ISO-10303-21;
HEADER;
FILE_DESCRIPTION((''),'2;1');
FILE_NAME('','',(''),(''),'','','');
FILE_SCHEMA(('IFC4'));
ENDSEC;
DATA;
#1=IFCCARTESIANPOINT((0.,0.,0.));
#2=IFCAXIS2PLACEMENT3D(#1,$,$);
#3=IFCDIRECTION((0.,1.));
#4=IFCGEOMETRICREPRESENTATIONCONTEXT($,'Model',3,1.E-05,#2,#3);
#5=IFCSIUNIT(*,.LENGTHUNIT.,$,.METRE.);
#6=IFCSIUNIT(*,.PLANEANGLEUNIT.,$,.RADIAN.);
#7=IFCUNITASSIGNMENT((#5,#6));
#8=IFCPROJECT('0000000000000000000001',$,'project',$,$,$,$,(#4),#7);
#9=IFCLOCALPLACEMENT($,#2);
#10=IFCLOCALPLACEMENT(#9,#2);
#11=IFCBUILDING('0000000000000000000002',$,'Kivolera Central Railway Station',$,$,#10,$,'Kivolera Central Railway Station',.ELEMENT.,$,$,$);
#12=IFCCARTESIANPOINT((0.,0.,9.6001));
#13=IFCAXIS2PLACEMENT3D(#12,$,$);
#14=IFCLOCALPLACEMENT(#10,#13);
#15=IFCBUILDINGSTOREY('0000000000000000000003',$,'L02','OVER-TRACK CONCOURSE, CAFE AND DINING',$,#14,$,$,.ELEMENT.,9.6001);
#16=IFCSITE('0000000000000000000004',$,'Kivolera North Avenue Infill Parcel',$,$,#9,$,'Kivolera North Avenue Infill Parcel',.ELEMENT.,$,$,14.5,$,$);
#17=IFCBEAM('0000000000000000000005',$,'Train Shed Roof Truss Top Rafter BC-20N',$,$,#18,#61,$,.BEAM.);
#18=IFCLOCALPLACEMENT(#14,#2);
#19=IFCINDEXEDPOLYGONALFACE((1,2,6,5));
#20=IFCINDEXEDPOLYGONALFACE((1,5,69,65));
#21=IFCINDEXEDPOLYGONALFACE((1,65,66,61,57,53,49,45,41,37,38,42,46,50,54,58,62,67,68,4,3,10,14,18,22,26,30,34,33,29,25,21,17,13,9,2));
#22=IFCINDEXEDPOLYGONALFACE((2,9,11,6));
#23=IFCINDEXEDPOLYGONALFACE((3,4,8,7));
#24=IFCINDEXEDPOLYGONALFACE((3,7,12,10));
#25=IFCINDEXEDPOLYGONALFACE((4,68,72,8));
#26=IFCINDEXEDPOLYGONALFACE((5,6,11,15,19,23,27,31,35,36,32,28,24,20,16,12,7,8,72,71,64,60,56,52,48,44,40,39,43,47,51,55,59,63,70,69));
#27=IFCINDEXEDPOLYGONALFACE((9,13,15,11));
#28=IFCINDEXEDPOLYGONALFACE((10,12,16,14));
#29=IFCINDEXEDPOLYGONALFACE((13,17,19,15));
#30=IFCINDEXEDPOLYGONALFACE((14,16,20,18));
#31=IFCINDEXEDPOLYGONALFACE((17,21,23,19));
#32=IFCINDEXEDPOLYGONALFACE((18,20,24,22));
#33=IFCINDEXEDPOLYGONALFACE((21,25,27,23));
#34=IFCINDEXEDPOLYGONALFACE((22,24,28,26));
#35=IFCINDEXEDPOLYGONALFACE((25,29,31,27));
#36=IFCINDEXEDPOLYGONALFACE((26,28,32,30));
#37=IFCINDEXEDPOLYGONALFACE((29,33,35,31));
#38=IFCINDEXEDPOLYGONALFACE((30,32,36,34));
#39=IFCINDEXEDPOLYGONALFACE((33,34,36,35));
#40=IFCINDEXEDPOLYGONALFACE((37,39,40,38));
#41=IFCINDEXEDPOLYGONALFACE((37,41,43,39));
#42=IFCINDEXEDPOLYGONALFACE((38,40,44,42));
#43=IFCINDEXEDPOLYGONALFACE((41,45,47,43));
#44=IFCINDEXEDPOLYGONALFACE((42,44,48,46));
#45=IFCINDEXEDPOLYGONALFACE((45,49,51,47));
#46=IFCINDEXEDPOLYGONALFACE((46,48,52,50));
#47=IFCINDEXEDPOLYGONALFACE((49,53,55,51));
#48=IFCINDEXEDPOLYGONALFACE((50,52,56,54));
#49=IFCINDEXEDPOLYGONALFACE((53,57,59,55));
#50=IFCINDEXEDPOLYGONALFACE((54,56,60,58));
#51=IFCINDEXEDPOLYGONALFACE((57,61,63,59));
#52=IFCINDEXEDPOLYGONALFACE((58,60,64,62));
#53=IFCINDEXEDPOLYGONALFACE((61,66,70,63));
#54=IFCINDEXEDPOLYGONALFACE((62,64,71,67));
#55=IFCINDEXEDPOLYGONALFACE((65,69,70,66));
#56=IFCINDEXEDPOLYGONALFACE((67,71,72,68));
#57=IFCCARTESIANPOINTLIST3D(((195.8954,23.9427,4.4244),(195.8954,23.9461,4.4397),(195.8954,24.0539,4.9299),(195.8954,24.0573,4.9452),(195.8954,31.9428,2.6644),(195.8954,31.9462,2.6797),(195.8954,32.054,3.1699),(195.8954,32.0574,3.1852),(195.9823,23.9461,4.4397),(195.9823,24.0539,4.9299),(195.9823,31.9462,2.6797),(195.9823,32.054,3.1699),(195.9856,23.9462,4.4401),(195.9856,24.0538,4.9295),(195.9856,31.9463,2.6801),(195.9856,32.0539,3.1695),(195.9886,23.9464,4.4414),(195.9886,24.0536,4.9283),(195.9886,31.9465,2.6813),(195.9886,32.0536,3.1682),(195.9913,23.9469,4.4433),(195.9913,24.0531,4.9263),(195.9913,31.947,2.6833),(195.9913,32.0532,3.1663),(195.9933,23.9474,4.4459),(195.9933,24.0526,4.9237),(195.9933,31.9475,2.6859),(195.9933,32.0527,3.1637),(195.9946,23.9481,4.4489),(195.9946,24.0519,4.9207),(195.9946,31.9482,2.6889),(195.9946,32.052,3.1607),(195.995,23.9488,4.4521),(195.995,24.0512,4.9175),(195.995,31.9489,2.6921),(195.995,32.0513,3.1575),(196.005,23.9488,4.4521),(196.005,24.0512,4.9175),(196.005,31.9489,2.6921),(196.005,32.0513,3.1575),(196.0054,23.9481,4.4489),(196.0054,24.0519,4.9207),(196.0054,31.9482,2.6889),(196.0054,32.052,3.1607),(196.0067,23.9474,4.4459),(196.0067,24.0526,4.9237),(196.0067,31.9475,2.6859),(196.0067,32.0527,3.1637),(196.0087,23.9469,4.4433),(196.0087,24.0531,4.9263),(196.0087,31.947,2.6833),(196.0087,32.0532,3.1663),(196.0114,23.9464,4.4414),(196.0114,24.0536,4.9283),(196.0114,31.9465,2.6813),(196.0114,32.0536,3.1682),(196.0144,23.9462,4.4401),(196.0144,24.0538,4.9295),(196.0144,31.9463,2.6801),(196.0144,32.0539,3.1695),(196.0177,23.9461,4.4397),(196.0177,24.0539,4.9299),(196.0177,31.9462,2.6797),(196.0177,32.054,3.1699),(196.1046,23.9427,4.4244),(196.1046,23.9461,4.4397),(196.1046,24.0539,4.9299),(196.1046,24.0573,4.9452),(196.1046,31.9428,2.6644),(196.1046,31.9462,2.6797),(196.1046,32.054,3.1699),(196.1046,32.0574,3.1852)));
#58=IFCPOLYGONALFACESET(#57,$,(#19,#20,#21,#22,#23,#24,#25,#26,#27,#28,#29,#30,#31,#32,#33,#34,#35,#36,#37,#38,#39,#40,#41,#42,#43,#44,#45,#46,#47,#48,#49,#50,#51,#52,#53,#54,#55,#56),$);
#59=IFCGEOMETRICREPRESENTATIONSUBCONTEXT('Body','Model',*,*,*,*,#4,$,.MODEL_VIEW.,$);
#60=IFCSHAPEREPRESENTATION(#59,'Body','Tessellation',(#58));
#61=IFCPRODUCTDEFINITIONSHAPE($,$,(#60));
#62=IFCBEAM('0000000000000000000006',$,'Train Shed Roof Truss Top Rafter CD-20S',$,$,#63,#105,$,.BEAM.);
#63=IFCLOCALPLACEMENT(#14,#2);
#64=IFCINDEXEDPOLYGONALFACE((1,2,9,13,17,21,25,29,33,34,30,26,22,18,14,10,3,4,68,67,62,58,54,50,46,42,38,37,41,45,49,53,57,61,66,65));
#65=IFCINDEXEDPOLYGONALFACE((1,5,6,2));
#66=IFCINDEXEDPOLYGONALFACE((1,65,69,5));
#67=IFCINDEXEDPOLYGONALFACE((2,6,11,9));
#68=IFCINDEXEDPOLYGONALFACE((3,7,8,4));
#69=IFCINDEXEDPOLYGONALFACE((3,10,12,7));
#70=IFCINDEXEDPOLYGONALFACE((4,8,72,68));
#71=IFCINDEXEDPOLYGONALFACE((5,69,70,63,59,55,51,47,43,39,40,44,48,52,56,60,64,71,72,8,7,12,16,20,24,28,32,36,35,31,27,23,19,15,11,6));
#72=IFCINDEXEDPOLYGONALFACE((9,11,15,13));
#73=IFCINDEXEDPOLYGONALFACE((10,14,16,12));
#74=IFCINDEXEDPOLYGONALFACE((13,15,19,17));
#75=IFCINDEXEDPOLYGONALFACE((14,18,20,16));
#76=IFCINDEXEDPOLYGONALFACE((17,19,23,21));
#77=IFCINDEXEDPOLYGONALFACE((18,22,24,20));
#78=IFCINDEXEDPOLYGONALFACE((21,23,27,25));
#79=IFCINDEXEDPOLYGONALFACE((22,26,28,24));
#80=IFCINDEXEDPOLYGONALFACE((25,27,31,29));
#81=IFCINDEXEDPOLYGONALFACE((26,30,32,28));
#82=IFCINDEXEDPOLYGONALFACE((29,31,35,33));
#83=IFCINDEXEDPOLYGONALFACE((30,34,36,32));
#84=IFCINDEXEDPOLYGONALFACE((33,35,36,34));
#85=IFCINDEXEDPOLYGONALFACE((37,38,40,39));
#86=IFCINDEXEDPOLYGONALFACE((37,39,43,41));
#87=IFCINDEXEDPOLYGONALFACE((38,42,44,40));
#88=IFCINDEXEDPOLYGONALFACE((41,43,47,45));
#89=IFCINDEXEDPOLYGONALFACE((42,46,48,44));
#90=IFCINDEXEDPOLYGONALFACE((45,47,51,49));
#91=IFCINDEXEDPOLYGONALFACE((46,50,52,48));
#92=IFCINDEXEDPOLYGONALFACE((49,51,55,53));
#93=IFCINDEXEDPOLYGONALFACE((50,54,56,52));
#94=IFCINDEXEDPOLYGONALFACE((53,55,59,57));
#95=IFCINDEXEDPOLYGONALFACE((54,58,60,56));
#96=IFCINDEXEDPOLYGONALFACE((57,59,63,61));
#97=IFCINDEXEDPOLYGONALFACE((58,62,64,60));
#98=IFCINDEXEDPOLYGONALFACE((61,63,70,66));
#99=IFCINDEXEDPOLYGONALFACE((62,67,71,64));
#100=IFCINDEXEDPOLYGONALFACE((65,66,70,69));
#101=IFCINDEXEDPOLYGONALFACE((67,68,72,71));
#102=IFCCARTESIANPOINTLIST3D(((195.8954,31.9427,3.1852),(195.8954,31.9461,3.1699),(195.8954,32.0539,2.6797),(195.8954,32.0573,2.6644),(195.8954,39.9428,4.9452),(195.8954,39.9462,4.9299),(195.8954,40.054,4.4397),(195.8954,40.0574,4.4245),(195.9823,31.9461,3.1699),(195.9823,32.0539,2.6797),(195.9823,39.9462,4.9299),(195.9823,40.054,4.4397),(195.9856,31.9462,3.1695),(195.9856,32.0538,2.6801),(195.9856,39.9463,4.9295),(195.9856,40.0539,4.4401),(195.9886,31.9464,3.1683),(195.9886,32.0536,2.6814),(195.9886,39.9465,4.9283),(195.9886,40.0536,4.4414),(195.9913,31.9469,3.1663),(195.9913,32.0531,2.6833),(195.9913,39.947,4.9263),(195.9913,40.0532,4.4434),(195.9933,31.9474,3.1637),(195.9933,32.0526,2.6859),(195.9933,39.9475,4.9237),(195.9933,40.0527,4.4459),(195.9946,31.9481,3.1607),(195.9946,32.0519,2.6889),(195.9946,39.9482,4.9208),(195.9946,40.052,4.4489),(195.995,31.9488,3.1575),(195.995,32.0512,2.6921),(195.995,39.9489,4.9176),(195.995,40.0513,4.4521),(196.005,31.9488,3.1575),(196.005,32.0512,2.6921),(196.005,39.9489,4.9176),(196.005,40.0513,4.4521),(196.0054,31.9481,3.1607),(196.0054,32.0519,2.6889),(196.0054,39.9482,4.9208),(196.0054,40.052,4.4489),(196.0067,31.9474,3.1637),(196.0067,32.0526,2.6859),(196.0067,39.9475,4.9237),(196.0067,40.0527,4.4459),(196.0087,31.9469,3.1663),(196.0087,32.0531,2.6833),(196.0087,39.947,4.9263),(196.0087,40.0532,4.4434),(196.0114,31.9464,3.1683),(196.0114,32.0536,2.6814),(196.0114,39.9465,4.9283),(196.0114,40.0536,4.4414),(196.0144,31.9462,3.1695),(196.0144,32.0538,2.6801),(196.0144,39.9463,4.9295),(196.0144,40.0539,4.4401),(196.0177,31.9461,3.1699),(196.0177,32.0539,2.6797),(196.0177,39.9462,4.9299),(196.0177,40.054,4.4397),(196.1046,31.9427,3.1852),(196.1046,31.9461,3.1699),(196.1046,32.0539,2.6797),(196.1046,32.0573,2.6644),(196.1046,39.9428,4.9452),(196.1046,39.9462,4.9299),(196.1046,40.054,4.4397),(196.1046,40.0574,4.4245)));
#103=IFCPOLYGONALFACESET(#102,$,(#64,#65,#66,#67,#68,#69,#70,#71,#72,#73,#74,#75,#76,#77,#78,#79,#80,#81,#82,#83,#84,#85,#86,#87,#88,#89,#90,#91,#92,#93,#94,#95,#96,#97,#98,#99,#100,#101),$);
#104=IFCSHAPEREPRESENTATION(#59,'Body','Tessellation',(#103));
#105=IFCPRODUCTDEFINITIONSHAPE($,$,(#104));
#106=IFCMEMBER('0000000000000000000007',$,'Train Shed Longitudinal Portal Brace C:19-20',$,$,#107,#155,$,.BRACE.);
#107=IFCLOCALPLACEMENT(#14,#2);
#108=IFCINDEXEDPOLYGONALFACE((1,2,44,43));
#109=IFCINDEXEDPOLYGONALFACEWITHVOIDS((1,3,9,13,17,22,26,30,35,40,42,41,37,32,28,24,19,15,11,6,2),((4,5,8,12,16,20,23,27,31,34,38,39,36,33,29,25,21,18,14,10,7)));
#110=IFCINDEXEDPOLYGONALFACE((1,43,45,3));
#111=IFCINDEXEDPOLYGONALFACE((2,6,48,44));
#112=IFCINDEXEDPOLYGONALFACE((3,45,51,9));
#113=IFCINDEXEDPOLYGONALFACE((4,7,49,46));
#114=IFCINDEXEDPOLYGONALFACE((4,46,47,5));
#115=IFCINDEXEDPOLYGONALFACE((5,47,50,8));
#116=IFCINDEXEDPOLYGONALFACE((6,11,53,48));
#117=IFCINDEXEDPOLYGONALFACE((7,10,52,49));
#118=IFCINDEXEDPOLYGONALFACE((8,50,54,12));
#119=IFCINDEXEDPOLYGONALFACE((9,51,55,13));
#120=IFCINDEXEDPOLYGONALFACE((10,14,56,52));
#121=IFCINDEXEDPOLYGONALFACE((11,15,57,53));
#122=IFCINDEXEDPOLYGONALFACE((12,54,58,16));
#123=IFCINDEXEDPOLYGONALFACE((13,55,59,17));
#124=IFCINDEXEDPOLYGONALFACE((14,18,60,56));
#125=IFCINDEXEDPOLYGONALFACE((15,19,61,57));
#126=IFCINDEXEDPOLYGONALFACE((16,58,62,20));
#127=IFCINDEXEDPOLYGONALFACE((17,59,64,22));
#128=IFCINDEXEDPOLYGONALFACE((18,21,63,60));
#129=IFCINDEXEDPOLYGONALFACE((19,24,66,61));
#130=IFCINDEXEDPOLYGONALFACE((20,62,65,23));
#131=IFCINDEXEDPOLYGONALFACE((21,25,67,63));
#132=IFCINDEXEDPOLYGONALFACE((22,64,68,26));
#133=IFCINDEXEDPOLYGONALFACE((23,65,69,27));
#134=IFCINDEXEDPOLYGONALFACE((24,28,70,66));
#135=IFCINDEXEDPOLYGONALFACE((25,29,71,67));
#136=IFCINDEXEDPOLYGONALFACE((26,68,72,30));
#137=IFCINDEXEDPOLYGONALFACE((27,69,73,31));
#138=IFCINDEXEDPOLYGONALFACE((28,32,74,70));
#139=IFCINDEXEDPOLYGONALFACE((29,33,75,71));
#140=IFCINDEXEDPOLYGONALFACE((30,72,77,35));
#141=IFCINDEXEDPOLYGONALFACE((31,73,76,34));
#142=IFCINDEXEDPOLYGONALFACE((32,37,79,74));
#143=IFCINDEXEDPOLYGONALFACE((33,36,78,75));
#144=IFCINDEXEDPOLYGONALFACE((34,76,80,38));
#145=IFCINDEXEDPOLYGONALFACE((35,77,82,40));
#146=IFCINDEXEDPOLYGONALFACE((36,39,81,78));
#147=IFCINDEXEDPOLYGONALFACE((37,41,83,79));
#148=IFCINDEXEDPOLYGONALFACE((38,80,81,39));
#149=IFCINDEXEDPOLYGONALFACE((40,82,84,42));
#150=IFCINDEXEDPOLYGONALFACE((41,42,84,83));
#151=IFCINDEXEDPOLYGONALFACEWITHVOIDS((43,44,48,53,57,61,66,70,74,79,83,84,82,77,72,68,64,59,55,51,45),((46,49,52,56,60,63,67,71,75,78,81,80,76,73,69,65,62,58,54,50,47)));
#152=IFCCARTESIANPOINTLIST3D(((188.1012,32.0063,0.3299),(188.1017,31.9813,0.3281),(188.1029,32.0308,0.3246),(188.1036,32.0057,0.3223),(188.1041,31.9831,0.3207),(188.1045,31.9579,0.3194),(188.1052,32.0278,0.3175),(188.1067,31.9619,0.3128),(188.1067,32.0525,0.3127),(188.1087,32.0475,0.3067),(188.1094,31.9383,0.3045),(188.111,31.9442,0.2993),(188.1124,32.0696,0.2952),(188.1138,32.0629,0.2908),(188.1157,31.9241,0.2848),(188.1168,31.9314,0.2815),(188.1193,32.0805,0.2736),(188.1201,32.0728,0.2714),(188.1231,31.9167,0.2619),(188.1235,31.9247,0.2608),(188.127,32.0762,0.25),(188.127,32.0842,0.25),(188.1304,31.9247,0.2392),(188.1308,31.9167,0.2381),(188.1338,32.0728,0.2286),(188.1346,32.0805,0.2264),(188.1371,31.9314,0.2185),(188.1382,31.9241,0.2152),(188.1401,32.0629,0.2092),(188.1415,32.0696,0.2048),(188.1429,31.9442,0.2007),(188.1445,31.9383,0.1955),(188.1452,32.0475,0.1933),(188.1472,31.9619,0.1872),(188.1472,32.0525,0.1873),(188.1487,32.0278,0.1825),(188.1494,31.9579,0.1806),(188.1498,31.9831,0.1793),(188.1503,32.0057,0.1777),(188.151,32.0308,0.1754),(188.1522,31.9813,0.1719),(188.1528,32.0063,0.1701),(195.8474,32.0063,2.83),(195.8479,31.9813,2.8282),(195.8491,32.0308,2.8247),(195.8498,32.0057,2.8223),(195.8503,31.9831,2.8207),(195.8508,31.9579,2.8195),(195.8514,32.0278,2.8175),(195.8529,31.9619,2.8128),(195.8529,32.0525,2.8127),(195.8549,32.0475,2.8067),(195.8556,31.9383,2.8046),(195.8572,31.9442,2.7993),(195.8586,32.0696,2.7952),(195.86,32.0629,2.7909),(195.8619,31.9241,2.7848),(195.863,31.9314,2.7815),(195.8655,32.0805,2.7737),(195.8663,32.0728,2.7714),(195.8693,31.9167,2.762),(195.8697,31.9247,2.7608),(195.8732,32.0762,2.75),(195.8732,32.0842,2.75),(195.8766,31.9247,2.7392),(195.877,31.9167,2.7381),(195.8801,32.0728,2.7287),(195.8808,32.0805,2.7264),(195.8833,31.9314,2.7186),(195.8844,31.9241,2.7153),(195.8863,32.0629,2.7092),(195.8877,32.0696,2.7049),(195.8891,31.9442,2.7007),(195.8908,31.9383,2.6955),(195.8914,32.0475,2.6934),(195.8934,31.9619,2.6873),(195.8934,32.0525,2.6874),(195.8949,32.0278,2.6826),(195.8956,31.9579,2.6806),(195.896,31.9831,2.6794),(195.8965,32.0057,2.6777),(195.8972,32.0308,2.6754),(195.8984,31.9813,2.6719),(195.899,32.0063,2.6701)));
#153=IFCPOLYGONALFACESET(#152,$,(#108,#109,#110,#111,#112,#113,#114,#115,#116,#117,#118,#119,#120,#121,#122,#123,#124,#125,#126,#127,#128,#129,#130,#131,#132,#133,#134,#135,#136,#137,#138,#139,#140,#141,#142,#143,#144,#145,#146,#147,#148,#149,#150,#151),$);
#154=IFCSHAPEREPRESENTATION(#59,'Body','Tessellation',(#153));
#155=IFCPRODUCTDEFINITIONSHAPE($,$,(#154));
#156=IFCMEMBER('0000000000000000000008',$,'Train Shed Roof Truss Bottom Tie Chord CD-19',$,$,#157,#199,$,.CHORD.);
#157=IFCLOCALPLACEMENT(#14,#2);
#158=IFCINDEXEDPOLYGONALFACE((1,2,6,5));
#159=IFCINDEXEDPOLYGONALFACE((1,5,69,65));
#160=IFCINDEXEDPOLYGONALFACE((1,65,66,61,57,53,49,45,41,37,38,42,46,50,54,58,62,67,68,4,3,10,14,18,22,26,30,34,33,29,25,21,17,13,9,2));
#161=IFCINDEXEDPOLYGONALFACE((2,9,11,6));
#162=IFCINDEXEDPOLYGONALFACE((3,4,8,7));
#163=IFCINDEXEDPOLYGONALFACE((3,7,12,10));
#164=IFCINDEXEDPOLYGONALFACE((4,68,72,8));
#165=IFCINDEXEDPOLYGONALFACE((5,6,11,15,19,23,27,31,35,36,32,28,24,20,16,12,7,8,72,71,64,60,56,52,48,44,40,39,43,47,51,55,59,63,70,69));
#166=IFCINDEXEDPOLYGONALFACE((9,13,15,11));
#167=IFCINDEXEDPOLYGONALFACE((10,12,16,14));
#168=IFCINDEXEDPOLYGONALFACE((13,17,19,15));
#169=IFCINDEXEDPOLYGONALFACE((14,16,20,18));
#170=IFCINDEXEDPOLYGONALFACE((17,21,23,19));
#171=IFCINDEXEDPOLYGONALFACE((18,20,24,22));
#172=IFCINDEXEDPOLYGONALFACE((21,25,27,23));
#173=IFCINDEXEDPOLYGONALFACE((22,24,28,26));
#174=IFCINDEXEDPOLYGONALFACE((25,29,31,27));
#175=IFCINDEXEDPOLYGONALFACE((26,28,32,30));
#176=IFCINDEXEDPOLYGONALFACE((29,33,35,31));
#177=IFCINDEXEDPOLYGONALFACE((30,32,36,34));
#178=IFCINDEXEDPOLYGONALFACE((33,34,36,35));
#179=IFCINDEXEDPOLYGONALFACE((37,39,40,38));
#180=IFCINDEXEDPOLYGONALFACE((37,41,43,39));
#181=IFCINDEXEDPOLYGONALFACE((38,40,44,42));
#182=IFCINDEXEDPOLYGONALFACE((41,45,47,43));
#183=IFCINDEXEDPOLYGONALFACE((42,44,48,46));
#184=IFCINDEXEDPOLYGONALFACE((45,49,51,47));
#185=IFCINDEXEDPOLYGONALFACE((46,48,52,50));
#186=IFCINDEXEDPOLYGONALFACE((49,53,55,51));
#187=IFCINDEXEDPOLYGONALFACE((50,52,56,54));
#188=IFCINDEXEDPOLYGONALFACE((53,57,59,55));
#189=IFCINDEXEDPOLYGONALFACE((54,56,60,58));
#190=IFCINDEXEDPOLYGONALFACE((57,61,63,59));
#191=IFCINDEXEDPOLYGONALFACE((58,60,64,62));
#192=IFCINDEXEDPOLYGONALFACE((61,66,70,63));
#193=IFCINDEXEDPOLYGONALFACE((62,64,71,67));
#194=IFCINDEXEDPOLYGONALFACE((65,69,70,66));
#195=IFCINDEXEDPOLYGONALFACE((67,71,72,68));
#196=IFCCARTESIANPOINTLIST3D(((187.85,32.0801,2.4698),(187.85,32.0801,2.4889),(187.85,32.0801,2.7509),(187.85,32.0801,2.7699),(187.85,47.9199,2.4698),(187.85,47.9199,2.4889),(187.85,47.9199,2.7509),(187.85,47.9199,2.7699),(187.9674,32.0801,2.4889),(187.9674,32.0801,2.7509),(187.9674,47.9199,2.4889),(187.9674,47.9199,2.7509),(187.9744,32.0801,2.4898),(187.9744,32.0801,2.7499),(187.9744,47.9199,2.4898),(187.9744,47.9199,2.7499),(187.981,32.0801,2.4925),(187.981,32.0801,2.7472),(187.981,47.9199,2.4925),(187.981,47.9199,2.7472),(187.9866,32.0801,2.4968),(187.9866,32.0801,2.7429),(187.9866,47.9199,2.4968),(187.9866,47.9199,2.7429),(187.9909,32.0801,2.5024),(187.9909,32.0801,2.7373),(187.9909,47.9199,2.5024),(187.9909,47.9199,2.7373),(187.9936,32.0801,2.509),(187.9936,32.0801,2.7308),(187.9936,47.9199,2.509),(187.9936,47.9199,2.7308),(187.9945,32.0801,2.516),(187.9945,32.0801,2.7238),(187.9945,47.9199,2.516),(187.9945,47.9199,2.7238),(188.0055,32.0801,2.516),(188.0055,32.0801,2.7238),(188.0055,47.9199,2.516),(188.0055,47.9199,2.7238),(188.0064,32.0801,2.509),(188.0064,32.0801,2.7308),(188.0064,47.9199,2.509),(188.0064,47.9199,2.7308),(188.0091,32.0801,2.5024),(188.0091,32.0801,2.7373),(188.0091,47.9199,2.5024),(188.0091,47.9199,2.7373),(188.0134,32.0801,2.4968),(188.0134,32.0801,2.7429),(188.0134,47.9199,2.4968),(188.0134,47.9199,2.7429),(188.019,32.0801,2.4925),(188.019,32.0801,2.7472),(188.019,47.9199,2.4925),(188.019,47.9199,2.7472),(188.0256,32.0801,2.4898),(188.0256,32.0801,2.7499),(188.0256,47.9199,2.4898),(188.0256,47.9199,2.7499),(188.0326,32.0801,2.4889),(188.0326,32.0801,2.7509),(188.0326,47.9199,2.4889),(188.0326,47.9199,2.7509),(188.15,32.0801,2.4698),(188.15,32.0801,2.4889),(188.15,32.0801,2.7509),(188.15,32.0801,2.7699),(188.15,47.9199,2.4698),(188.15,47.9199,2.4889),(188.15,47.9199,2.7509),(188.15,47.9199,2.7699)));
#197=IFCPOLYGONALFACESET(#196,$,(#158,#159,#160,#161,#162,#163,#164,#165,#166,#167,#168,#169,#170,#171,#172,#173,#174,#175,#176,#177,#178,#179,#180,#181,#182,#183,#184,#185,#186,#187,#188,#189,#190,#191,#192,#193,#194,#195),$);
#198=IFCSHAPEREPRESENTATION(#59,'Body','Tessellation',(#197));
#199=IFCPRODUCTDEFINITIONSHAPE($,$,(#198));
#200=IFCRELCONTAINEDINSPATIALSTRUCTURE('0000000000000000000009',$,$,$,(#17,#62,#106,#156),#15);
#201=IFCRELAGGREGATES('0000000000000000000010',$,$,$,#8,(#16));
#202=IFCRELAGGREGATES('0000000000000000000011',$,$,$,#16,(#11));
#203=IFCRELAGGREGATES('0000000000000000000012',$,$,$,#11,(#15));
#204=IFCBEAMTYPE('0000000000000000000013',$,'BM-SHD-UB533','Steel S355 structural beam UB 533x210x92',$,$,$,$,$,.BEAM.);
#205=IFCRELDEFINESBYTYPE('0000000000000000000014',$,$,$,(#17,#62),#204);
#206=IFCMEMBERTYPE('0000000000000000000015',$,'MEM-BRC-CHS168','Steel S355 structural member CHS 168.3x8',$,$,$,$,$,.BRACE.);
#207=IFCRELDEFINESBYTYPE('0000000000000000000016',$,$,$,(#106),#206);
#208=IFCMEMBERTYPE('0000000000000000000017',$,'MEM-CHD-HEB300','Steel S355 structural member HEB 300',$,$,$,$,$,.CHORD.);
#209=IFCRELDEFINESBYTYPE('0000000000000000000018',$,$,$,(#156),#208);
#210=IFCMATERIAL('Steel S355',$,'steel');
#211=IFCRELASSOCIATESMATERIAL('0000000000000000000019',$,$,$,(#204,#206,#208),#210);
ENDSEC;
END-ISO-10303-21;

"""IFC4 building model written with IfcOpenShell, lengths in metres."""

from ifc_helpers import new_model, si_unit, direction, frame, origin, origin_2d, place, context, subcontext, project, spatial, hollow_circle, i_section, extrude, material, material_profile, profile_set, type_object, element, save


model = new_model("IFC4")

# Units and contexts
model_context = context("Model", 3, precision=1e-05, world=origin(), true_north=direction((0.0, 1.0)))
body_context = subcontext(model_context, "Body", "Model", "MODEL_VIEW")
ifc_project = project(units=[si_unit("LENGTHUNIT", "METRE"), si_unit("PLANEANGLEUNIT", "RADIAN")], contexts=[model_context])

# Site, building, storey
site_placement = place(None, origin())
site = spatial("IfcSite", under=ifc_project, at=site_placement, Name="Kivolera North Avenue Infill Parcel", LongName="Kivolera North Avenue Infill Parcel", CompositionType="ELEMENT", RefElevation=14.5)
building_placement = place(site_placement, origin())
building = spatial("IfcBuilding", under=site, at=building_placement, Name="Kivolera Central Railway Station", LongName="Kivolera Central Railway Station", CompositionType="ELEMENT")
storey_placement = place(building_placement, frame((0.0, 0.0, 9.6001)))
storey = spatial("IfcBuildingStorey", under=building, at=storey_placement, Name="L02", Description="OVER-TRACK CONCOURSE, CAFE AND DINING", CompositionType="ELEMENT", Elevation=9.6001)

# Shared definitions
ifc_material_1 = material(Name="Steel S355", Category="steel")

# Beams
ifc_material_profile_1 = material_profile(ifc_material_1, i_section(OverallWidth=0.2092, OverallDepth=0.5332, WebThickness=0.01, FlangeThickness=0.0156, FilletRadius=0.0127, at=origin_2d()), Name="UB 533x210x92")
ifc_profile_set_1 = profile_set([ifc_material_profile_1], Name="Steel S355")
beam_type_1 = type_object("IfcBeamType", Name="BM-SHD-UB533", Description="Steel S355 structural beam UB 533x210x92", PredefinedType="BEAM", material=ifc_profile_set_1)
for number, where, z_axis, x_axis, name in (
    (1, (196.0, 24.0, 4.6848), (0.0, 0.976644, -0.214863), (-1.0, 0.0, 0.0), "Train Shed Roof Truss Top Rafter BC-20N"),
    (2, (196.0, 32.0, 2.9248), (0.0, 0.976644, 0.214863), (-1.0, 0.0, 0.0), "Train Shed Roof Truss Top Rafter CD-20S"),
):
    element("IfcBeam", number, at=place(storey_placement, frame(where, z_axis=z_axis, x_axis=x_axis)), inside=storey, type_object=beam_type_1, Name=name, PredefinedType="BEAM", context=body_context, shape_type="SweptSolid", body=[
        extrude(i_section(OverallWidth=0.2092, OverallDepth=0.5332, WebThickness=0.01, FlangeThickness=0.0156, FilletRadius=0.0127, at=origin_2d()), origin(), (0.0, 0.0, 1.0), 8.1914),
    ])

# Members
ifc_material_profile_2 = material_profile(ifc_material_1, hollow_circle(Radius=0.0842, WallThickness=0.0081, at=origin_2d()), Name="CHS 168.3x8")
ifc_profile_set_2 = profile_set([ifc_material_profile_2], Name="Steel S355")
member_type_1 = type_object("IfcMemberType", Name="MEM-BRC-CHS168", Description="Steel S355 structural member CHS 168.3x8", PredefinedType="BRACE", material=ifc_profile_set_2)
member_placement = place(storey_placement, frame((188.127, 32.0, 0.25), z_axis=(0.951663, 0.0, 0.307143), x_axis=(0.0, 1.0, 0.0)))
element("IfcMember", 3, at=member_placement, inside=storey, type_object=member_type_1, Name="Train Shed Longitudinal Portal Brace C:19-20", PredefinedType="BRACE", context=body_context, shape_type="SweptSolid", body=[
    extrude(hollow_circle(Radius=0.0842, WallThickness=0.0081, at=origin_2d()), origin(), (0.0, 0.0, 1.0), 8.1396),
])
ifc_material_profile_3 = material_profile(ifc_material_1, i_section(OverallWidth=0.3, OverallDepth=0.3, WebThickness=0.011, FlangeThickness=0.019, FilletRadius=0.0271, at=origin_2d()), Name="HEB 300")
ifc_profile_set_3 = profile_set([ifc_material_profile_3], Name="Steel S355")
member_type_2 = type_object("IfcMemberType", Name="MEM-CHD-HEB300", Description="Steel S355 structural member HEB 300", PredefinedType="CHORD", material=ifc_profile_set_3)
for number, where, z_axis, x_axis, name in (
    (4, (188.0, 32.0801, 2.6199), (0.0, 1.0, 0.0), (-1.0, 0.0, 0.0), "Train Shed Roof Truss Bottom Tie Chord CD-19"),
):
    element("IfcMember", number, at=place(storey_placement, frame(where, z_axis=z_axis, x_axis=x_axis)), inside=storey, type_object=member_type_2, Name=name, PredefinedType="CHORD", context=body_context, shape_type="SweptSolid", body=[
        extrude(i_section(OverallWidth=0.3, OverallDepth=0.3, WebThickness=0.011, FlangeThickness=0.019, FilletRadius=0.0271, at=origin_2d()), origin(), (0.0, 0.0, 1.0), 15.8398),
    ])

save(model, "model.ifc")
